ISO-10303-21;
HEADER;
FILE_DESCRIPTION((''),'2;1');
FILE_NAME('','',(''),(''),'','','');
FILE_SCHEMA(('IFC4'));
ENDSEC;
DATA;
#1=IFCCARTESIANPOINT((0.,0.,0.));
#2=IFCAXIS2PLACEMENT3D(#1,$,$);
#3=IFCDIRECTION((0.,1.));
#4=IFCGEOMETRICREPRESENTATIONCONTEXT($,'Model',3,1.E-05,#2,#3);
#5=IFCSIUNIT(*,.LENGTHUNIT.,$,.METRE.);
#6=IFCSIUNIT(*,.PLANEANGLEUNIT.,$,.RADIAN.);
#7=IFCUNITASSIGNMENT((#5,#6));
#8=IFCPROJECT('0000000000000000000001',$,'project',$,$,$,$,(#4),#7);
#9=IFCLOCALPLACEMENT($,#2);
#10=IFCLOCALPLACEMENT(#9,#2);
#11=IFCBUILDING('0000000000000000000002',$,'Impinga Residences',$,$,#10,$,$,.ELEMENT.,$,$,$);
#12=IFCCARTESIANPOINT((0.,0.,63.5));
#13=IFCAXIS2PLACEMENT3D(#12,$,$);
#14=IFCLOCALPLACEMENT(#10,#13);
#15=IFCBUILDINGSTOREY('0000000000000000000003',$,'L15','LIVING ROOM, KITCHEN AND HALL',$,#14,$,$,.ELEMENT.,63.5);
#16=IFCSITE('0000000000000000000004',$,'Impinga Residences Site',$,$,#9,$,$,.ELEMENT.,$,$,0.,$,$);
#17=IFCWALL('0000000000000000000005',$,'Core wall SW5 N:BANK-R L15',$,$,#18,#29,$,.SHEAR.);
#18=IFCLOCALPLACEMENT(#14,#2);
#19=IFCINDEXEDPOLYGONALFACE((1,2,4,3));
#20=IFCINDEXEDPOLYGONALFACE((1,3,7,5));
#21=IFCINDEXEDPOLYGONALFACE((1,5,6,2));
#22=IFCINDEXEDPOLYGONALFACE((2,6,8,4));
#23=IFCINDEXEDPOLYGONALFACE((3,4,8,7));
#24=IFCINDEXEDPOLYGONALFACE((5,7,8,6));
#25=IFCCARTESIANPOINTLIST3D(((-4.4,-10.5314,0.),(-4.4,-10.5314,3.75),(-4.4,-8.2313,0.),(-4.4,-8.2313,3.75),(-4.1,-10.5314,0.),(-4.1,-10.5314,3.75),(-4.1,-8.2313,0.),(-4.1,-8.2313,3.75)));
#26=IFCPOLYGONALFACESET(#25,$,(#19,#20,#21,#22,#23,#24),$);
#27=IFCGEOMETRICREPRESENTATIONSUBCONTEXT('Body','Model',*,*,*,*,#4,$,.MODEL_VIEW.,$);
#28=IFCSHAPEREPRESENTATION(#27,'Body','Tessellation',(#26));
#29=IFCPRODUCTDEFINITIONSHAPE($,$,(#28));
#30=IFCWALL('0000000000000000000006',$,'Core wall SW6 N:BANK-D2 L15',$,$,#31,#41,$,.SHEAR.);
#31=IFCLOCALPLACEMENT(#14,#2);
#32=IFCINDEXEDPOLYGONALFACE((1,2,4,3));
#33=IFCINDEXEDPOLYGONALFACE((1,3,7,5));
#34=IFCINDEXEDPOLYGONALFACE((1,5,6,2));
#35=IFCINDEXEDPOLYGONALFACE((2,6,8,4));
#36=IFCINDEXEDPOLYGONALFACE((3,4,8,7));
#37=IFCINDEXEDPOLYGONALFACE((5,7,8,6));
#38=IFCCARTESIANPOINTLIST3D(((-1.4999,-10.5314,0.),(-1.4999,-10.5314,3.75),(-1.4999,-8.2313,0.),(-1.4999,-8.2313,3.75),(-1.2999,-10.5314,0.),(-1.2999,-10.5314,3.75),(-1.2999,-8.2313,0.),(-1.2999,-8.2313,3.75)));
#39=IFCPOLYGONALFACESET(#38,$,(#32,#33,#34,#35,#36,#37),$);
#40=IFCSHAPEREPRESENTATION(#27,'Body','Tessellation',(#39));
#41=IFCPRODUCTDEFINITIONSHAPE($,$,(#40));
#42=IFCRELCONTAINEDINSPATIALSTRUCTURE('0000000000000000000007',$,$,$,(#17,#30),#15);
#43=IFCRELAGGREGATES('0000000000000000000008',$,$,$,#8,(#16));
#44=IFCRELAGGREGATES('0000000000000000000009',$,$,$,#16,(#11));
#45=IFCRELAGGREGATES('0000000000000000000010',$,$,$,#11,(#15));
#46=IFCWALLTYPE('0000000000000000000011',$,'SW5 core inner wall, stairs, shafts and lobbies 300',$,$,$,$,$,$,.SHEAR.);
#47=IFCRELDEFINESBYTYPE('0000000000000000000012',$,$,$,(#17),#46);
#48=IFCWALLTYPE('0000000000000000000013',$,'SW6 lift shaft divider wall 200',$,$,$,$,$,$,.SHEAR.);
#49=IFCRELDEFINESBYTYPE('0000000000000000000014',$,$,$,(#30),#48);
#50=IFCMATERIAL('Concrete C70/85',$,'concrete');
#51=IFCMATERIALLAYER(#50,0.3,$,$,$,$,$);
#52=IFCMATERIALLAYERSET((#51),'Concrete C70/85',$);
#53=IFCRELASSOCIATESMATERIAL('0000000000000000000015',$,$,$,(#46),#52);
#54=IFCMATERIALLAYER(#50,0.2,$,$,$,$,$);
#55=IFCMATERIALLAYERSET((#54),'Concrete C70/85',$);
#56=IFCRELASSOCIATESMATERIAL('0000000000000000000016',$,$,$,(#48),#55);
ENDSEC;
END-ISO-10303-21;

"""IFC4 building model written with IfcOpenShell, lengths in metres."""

from ifc_helpers import new_model, si_unit, direction, frame, frame_2d, origin, place, context, subcontext, project, spatial, rectangle, extrude, material, layer, layer_set, type_object, element, save


model = new_model("IFC4")

# Units and contexts
model_context = context("Model", 3, precision=1e-05, world=origin(), true_north=direction((0.0, 1.0)))
body_context = subcontext(model_context, "Body", "Model", "MODEL_VIEW")
ifc_project = project(units=[si_unit("LENGTHUNIT", "METRE"), si_unit("PLANEANGLEUNIT", "RADIAN")], contexts=[model_context])

# Site, building, storey
site_placement = place(None, origin())
site = spatial("IfcSite", under=ifc_project, at=site_placement, Name="Impinga Residences Site", CompositionType="ELEMENT", RefElevation=0.0)
building_placement = place(site_placement, origin())
building = spatial("IfcBuilding", under=site, at=building_placement, Name="Impinga Residences", CompositionType="ELEMENT")
storey_placement = place(building_placement, frame((0.0, 0.0, 63.5)))
storey = spatial("IfcBuildingStorey", under=building, at=storey_placement, Name="L15", Description="LIVING ROOM, KITCHEN AND HALL", CompositionType="ELEMENT", Elevation=63.5)

# Shared definitions
ifc_material_1 = material(Name="Concrete C70/85", Category="concrete")

# Walls
ifc_layer_1 = layer(ifc_material_1, 0.3)
ifc_layer_set_1 = layer_set([ifc_layer_1], Name="Concrete C70/85")
wall_type_1 = type_object("IfcWallType", Name="SW5 core inner wall, stairs, shafts and lobbies 300", PredefinedType="SHEAR", material=ifc_layer_set_1)
wall_1_placement = place(storey_placement, frame((-4.25, -8.2314, 0.0), z_axis=(0.0, 0.0, 1.0), x_axis=(0.0, -1.0, 0.0)))
element("IfcWall", 1, at=wall_1_placement, inside=storey, type_object=wall_type_1, Name="Core wall SW5 N:BANK-R L15", PredefinedType="SHEAR", context=body_context, shape_type="SweptSolid", body=[
    extrude(rectangle(XDim=2.3, YDim=0.3, at=frame_2d((1.1499, 0.0))), origin(), (0.0, 0.0, 1.0), 3.75),
])
ifc_layer_2 = layer(ifc_material_1, 0.2)
ifc_layer_set_2 = layer_set([ifc_layer_2], Name="Concrete C70/85")
wall_type_2 = type_object("IfcWallType", Name="SW6 lift shaft divider wall 200", PredefinedType="SHEAR", material=ifc_layer_set_2)
wall_2_placement = place(storey_placement, frame((-1.3999, -8.2314, 0.0), z_axis=(0.0, 0.0, 1.0), x_axis=(0.0, -1.0, 0.0)))
element("IfcWall", 2, at=wall_2_placement, inside=storey, type_object=wall_type_2, Name="Core wall SW6 N:BANK-D2 L15", PredefinedType="SHEAR", context=body_context, shape_type="SweptSolid", body=[
    extrude(rectangle(XDim=2.3, YDim=0.2, at=frame_2d((1.1499, 0.0))), origin(), (0.0, 0.0, 1.0), 3.75),
])

save(model, "model.ifc")
